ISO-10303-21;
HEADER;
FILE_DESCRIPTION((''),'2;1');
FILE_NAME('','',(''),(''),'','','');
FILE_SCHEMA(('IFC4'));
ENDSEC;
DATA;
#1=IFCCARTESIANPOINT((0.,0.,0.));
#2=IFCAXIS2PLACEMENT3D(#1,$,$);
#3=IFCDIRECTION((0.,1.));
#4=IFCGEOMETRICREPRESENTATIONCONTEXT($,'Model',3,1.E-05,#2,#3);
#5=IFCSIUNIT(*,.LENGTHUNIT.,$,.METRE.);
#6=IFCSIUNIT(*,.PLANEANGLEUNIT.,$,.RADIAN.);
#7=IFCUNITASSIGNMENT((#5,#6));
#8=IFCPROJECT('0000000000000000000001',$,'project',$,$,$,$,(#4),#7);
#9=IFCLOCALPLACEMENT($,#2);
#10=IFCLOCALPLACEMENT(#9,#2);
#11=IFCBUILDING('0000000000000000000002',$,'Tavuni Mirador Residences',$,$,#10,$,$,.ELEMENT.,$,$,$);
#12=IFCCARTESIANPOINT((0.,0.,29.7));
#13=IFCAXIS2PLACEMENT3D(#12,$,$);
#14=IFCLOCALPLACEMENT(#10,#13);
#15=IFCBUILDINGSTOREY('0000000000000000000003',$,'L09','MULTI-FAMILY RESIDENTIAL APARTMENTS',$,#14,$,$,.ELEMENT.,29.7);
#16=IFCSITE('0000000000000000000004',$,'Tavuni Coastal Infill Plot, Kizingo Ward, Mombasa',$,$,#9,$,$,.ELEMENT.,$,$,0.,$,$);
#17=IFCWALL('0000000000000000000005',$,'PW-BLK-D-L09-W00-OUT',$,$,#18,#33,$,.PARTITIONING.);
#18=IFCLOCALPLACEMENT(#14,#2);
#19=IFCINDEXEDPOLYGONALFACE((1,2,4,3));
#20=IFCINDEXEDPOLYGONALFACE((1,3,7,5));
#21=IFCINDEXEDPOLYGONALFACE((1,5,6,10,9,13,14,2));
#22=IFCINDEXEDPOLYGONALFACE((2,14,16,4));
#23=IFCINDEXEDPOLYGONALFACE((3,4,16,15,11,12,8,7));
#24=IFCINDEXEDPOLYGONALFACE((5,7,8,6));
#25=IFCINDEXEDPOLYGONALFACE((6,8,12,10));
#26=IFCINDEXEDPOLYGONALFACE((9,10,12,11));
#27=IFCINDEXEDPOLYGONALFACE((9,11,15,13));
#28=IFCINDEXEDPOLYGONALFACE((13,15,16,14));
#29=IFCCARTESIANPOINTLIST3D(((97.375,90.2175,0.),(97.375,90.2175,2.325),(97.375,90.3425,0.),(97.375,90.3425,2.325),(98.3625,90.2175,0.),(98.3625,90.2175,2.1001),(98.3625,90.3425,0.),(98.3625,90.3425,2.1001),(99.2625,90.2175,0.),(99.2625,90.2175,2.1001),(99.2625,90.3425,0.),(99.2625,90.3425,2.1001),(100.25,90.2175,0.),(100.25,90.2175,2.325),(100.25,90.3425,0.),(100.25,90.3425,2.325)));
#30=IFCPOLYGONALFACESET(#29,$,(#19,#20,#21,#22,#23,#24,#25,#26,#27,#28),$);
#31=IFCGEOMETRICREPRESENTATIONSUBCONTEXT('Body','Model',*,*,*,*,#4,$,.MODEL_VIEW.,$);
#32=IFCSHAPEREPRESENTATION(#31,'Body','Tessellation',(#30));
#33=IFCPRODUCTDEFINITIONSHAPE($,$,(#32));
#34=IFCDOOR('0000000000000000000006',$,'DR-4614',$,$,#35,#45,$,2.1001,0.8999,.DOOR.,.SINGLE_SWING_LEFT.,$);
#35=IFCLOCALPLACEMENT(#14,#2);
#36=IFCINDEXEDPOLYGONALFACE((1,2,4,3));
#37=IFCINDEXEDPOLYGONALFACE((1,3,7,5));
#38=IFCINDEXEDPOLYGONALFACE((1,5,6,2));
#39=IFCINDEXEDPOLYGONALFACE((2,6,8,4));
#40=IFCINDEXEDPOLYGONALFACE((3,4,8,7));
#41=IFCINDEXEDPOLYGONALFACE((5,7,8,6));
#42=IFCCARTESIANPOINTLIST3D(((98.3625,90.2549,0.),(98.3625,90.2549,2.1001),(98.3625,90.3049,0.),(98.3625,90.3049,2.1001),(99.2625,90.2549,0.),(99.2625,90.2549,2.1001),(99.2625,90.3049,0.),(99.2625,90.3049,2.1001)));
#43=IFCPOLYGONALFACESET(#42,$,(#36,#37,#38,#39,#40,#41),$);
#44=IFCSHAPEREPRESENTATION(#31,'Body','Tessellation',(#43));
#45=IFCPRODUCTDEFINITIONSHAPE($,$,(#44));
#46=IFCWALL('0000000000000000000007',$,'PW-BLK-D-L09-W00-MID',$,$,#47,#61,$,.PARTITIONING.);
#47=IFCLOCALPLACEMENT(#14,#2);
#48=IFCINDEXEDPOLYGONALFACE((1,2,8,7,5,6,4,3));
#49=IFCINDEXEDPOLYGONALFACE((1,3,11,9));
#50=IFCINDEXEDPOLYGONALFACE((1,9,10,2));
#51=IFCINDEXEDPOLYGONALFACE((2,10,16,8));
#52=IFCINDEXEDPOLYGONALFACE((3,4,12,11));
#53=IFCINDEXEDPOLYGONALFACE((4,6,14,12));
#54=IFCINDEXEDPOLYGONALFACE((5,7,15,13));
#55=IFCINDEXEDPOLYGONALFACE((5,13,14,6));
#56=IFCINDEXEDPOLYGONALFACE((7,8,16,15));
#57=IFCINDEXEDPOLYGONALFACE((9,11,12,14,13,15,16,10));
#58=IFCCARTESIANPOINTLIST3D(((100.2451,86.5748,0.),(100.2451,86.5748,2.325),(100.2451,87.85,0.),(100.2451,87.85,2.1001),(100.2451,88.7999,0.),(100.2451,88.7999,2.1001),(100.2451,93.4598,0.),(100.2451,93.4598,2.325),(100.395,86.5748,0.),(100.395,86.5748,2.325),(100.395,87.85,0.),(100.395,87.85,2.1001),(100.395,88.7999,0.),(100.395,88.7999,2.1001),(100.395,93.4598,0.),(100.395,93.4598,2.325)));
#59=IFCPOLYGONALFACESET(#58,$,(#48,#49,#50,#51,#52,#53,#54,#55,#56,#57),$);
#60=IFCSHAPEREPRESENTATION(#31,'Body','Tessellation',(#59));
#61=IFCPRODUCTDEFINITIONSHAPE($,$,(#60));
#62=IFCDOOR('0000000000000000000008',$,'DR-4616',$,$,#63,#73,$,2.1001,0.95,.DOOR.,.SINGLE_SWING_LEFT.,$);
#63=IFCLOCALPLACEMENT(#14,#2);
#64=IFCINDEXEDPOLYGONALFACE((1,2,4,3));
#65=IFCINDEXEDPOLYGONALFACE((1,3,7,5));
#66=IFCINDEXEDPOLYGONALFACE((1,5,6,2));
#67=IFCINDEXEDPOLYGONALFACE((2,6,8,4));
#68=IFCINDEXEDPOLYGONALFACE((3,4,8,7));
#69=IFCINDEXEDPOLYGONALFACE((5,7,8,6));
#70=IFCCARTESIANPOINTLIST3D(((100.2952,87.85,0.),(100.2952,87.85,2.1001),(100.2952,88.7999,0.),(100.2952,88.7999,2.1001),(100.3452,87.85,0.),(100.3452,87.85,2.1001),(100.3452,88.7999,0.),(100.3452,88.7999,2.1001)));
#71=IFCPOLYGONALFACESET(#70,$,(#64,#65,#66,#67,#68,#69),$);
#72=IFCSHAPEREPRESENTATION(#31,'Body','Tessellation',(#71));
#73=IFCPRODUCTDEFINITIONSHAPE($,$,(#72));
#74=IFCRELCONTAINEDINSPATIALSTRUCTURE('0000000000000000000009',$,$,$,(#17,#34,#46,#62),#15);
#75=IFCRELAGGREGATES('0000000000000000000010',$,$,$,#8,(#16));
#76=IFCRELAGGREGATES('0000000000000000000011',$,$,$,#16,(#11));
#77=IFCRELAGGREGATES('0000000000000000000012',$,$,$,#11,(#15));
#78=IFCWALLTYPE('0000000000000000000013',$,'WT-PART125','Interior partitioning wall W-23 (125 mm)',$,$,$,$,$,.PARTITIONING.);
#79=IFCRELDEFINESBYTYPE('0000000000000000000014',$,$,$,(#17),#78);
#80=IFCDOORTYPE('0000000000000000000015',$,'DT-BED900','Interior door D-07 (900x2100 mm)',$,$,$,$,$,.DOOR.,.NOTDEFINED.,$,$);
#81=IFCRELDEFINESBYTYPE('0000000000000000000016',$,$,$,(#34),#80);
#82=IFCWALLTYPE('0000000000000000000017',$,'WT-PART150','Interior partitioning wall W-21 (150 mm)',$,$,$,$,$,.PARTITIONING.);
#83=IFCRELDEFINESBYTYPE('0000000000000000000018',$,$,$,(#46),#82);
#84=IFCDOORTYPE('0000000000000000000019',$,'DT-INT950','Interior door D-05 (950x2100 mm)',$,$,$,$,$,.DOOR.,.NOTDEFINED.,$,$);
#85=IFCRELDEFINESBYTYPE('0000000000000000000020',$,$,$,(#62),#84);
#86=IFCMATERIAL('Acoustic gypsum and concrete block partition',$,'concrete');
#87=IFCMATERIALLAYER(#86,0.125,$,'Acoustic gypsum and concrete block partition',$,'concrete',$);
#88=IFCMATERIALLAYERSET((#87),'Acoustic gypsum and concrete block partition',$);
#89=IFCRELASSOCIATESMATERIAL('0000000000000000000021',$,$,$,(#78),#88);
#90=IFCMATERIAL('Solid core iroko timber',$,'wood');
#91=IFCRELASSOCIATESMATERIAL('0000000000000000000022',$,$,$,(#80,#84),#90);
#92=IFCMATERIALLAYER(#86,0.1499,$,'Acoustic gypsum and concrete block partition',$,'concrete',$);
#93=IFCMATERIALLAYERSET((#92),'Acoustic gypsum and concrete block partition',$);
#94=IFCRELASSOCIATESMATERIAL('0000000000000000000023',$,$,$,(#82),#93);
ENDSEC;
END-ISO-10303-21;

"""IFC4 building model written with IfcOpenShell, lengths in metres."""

from ifc_helpers import new_model, si_unit, direction, frame, frame_2d, origin, place, context, subcontext, project, spatial, rectangle, extrude, material, layer, layer_set, type_object, element, fill, save


model = new_model("IFC4")

# Units and contexts
model_context = context("Model", 3, precision=1e-05, world=origin(), true_north=direction((0.0, 1.0)))
body_context = subcontext(model_context, "Body", "Model", "MODEL_VIEW")
ifc_project = project(units=[si_unit("LENGTHUNIT", "METRE"), si_unit("PLANEANGLEUNIT", "RADIAN")], contexts=[model_context])

# Site, building, storey
site_placement = place(None, origin())
site = spatial("IfcSite", under=ifc_project, at=site_placement, Name="Tavuni Coastal Infill Plot, Kizingo Ward, Mombasa", CompositionType="ELEMENT", RefElevation=0.0)
building_placement = place(site_placement, origin())
building = spatial("IfcBuilding", under=site, at=building_placement, Name="Tavuni Mirador Residences", CompositionType="ELEMENT")
storey_placement = place(building_placement, frame((0.0, 0.0, 29.7)))
storey = spatial("IfcBuildingStorey", under=building, at=storey_placement, Name="L09", Description="MULTI-FAMILY RESIDENTIAL APARTMENTS", CompositionType="ELEMENT", Elevation=29.7)

# Shared definitions
ifc_material_1 = material(Name="Solid core iroko timber", Category="wood")

# Walls, openings, doors
ifc_material_2 = material(Name="Acoustic gypsum and concrete block partition", Category="concrete")
ifc_layer_1 = layer(ifc_material_2, 0.125, Name="Acoustic gypsum and concrete block partition", Category="concrete")
ifc_layer_set_1 = layer_set([ifc_layer_1], Name="Acoustic gypsum and concrete block partition")
wall_type_1 = type_object("IfcWallType", Name="WT-PART125", Description="Interior partitioning wall W-23 (125 mm)", PredefinedType="PARTITIONING", material=ifc_layer_set_1)
wall_1_placement = place(storey_placement, frame((97.375, 90.28, 0.0), z_axis=(0.0, 0.0, 1.0), x_axis=(1.0, 0.0, 0.0)))
wall_1 = element("IfcWall", 1, at=wall_1_placement, inside=storey, type_object=wall_type_1, Name="PW-BLK-D-L09-W00-OUT", PredefinedType="PARTITIONING", context=body_context, shape_type="SweptSolid", body=[
    extrude(rectangle(XDim=2.875, YDim=0.125, at=frame_2d((1.4375, 0.0))), origin(), (0.0, 0.0, 1.0), 2.325),
])
opening_1_placement = place(wall_1_placement, frame((0.9875, 0.0, 0.0)))
opening_1 = element("IfcOpeningElement", 2, at=opening_1_placement, cuts=wall_1, PredefinedType="OPENING", context=body_context, shape_type="SweptSolid", body=[
    extrude(rectangle(XDim=0.8999, YDim=2.1001, at=frame_2d((0.45, 1.05))), frame((0.0, 0.0725, 0.0), z_axis=(0.0, -1.0, 0.0), x_axis=(1.0, 0.0, 0.0)), (0.0, 0.0, 1.0), 0.145),
])
door_type_1 = type_object("IfcDoorType", Name="DT-BED900", Description="Interior door D-07 (900x2100 mm)", OperationType="NOTDEFINED", PredefinedType="DOOR", material=ifc_material_1)
door_1_placement = place(opening_1_placement, origin())
door_1 = element("IfcDoor", 3, at=door_1_placement, inside=storey, type_object=door_type_1, Name="DR-4614", OperationType="SINGLE_SWING_LEFT", OverallHeight=2.1001, OverallWidth=0.8999, PredefinedType="DOOR", context=body_context, shape_type="SweptSolid", body=[
    extrude(rectangle(XDim=0.8999, YDim=2.1001, at=frame_2d((0.45, 1.05))), frame((0.0, 0.0249, 0.0), z_axis=(0.0, -1.0, 0.0), x_axis=(1.0, 0.0, 0.0)), (0.0, 0.0, 1.0), 0.05),
])
fill(opening_1, door_1)
ifc_layer_2 = layer(ifc_material_2, 0.1499, Name="Acoustic gypsum and concrete block partition", Category="concrete")
ifc_layer_set_2 = layer_set([ifc_layer_2], Name="Acoustic gypsum and concrete block partition")
wall_type_2 = type_object("IfcWallType", Name="WT-PART150", Description="Interior partitioning wall W-21 (150 mm)", PredefinedType="PARTITIONING", material=ifc_layer_set_2)
wall_2_placement = place(storey_placement, frame((100.3201, 86.575, 0.0), z_axis=(0.0, 0.0, 1.0), x_axis=(0.0, 1.0, 0.0)))
wall_2 = element("IfcWall", 4, at=wall_2_placement, inside=storey, type_object=wall_type_2, Name="PW-BLK-D-L09-W00-MID", PredefinedType="PARTITIONING", context=body_context, shape_type="SweptSolid", body=[
    extrude(rectangle(XDim=6.885, YDim=0.1499, at=frame_2d((3.4424, 0.0))), origin(), (0.0, 0.0, 1.0), 2.325),
])
opening_2_placement = place(wall_2_placement, frame((1.2749, 0.0, 0.0)))
opening_2 = element("IfcOpeningElement", 5, at=opening_2_placement, cuts=wall_2, PredefinedType="OPENING", context=body_context, shape_type="SweptSolid", body=[
    extrude(rectangle(XDim=0.95, YDim=2.1001, at=frame_2d((0.4751, 1.05))), frame((0.0, 0.085, 0.0), z_axis=(0.0, -1.0, 0.0), x_axis=(1.0, 0.0, 0.0)), (0.0, 0.0, 1.0), 0.1699),
])
door_type_2 = type_object("IfcDoorType", Name="DT-INT950", Description="Interior door D-05 (950x2100 mm)", OperationType="NOTDEFINED", PredefinedType="DOOR", material=ifc_material_1)
door_2_placement = place(opening_2_placement, origin())
door_2 = element("IfcDoor", 6, at=door_2_placement, inside=storey, type_object=door_type_2, Name="DR-4616", OperationType="SINGLE_SWING_LEFT", OverallHeight=2.1001, OverallWidth=0.95, PredefinedType="DOOR", context=body_context, shape_type="SweptSolid", body=[
    extrude(rectangle(XDim=0.95, YDim=2.1001, at=frame_2d((0.4751, 1.05))), frame((0.0, 0.0249, 0.0), z_axis=(0.0, -1.0, 0.0), x_axis=(1.0, 0.0, 0.0)), (0.0, 0.0, 1.0), 0.05),
])
fill(opening_2, door_2)

save(model, "model.ifc")
